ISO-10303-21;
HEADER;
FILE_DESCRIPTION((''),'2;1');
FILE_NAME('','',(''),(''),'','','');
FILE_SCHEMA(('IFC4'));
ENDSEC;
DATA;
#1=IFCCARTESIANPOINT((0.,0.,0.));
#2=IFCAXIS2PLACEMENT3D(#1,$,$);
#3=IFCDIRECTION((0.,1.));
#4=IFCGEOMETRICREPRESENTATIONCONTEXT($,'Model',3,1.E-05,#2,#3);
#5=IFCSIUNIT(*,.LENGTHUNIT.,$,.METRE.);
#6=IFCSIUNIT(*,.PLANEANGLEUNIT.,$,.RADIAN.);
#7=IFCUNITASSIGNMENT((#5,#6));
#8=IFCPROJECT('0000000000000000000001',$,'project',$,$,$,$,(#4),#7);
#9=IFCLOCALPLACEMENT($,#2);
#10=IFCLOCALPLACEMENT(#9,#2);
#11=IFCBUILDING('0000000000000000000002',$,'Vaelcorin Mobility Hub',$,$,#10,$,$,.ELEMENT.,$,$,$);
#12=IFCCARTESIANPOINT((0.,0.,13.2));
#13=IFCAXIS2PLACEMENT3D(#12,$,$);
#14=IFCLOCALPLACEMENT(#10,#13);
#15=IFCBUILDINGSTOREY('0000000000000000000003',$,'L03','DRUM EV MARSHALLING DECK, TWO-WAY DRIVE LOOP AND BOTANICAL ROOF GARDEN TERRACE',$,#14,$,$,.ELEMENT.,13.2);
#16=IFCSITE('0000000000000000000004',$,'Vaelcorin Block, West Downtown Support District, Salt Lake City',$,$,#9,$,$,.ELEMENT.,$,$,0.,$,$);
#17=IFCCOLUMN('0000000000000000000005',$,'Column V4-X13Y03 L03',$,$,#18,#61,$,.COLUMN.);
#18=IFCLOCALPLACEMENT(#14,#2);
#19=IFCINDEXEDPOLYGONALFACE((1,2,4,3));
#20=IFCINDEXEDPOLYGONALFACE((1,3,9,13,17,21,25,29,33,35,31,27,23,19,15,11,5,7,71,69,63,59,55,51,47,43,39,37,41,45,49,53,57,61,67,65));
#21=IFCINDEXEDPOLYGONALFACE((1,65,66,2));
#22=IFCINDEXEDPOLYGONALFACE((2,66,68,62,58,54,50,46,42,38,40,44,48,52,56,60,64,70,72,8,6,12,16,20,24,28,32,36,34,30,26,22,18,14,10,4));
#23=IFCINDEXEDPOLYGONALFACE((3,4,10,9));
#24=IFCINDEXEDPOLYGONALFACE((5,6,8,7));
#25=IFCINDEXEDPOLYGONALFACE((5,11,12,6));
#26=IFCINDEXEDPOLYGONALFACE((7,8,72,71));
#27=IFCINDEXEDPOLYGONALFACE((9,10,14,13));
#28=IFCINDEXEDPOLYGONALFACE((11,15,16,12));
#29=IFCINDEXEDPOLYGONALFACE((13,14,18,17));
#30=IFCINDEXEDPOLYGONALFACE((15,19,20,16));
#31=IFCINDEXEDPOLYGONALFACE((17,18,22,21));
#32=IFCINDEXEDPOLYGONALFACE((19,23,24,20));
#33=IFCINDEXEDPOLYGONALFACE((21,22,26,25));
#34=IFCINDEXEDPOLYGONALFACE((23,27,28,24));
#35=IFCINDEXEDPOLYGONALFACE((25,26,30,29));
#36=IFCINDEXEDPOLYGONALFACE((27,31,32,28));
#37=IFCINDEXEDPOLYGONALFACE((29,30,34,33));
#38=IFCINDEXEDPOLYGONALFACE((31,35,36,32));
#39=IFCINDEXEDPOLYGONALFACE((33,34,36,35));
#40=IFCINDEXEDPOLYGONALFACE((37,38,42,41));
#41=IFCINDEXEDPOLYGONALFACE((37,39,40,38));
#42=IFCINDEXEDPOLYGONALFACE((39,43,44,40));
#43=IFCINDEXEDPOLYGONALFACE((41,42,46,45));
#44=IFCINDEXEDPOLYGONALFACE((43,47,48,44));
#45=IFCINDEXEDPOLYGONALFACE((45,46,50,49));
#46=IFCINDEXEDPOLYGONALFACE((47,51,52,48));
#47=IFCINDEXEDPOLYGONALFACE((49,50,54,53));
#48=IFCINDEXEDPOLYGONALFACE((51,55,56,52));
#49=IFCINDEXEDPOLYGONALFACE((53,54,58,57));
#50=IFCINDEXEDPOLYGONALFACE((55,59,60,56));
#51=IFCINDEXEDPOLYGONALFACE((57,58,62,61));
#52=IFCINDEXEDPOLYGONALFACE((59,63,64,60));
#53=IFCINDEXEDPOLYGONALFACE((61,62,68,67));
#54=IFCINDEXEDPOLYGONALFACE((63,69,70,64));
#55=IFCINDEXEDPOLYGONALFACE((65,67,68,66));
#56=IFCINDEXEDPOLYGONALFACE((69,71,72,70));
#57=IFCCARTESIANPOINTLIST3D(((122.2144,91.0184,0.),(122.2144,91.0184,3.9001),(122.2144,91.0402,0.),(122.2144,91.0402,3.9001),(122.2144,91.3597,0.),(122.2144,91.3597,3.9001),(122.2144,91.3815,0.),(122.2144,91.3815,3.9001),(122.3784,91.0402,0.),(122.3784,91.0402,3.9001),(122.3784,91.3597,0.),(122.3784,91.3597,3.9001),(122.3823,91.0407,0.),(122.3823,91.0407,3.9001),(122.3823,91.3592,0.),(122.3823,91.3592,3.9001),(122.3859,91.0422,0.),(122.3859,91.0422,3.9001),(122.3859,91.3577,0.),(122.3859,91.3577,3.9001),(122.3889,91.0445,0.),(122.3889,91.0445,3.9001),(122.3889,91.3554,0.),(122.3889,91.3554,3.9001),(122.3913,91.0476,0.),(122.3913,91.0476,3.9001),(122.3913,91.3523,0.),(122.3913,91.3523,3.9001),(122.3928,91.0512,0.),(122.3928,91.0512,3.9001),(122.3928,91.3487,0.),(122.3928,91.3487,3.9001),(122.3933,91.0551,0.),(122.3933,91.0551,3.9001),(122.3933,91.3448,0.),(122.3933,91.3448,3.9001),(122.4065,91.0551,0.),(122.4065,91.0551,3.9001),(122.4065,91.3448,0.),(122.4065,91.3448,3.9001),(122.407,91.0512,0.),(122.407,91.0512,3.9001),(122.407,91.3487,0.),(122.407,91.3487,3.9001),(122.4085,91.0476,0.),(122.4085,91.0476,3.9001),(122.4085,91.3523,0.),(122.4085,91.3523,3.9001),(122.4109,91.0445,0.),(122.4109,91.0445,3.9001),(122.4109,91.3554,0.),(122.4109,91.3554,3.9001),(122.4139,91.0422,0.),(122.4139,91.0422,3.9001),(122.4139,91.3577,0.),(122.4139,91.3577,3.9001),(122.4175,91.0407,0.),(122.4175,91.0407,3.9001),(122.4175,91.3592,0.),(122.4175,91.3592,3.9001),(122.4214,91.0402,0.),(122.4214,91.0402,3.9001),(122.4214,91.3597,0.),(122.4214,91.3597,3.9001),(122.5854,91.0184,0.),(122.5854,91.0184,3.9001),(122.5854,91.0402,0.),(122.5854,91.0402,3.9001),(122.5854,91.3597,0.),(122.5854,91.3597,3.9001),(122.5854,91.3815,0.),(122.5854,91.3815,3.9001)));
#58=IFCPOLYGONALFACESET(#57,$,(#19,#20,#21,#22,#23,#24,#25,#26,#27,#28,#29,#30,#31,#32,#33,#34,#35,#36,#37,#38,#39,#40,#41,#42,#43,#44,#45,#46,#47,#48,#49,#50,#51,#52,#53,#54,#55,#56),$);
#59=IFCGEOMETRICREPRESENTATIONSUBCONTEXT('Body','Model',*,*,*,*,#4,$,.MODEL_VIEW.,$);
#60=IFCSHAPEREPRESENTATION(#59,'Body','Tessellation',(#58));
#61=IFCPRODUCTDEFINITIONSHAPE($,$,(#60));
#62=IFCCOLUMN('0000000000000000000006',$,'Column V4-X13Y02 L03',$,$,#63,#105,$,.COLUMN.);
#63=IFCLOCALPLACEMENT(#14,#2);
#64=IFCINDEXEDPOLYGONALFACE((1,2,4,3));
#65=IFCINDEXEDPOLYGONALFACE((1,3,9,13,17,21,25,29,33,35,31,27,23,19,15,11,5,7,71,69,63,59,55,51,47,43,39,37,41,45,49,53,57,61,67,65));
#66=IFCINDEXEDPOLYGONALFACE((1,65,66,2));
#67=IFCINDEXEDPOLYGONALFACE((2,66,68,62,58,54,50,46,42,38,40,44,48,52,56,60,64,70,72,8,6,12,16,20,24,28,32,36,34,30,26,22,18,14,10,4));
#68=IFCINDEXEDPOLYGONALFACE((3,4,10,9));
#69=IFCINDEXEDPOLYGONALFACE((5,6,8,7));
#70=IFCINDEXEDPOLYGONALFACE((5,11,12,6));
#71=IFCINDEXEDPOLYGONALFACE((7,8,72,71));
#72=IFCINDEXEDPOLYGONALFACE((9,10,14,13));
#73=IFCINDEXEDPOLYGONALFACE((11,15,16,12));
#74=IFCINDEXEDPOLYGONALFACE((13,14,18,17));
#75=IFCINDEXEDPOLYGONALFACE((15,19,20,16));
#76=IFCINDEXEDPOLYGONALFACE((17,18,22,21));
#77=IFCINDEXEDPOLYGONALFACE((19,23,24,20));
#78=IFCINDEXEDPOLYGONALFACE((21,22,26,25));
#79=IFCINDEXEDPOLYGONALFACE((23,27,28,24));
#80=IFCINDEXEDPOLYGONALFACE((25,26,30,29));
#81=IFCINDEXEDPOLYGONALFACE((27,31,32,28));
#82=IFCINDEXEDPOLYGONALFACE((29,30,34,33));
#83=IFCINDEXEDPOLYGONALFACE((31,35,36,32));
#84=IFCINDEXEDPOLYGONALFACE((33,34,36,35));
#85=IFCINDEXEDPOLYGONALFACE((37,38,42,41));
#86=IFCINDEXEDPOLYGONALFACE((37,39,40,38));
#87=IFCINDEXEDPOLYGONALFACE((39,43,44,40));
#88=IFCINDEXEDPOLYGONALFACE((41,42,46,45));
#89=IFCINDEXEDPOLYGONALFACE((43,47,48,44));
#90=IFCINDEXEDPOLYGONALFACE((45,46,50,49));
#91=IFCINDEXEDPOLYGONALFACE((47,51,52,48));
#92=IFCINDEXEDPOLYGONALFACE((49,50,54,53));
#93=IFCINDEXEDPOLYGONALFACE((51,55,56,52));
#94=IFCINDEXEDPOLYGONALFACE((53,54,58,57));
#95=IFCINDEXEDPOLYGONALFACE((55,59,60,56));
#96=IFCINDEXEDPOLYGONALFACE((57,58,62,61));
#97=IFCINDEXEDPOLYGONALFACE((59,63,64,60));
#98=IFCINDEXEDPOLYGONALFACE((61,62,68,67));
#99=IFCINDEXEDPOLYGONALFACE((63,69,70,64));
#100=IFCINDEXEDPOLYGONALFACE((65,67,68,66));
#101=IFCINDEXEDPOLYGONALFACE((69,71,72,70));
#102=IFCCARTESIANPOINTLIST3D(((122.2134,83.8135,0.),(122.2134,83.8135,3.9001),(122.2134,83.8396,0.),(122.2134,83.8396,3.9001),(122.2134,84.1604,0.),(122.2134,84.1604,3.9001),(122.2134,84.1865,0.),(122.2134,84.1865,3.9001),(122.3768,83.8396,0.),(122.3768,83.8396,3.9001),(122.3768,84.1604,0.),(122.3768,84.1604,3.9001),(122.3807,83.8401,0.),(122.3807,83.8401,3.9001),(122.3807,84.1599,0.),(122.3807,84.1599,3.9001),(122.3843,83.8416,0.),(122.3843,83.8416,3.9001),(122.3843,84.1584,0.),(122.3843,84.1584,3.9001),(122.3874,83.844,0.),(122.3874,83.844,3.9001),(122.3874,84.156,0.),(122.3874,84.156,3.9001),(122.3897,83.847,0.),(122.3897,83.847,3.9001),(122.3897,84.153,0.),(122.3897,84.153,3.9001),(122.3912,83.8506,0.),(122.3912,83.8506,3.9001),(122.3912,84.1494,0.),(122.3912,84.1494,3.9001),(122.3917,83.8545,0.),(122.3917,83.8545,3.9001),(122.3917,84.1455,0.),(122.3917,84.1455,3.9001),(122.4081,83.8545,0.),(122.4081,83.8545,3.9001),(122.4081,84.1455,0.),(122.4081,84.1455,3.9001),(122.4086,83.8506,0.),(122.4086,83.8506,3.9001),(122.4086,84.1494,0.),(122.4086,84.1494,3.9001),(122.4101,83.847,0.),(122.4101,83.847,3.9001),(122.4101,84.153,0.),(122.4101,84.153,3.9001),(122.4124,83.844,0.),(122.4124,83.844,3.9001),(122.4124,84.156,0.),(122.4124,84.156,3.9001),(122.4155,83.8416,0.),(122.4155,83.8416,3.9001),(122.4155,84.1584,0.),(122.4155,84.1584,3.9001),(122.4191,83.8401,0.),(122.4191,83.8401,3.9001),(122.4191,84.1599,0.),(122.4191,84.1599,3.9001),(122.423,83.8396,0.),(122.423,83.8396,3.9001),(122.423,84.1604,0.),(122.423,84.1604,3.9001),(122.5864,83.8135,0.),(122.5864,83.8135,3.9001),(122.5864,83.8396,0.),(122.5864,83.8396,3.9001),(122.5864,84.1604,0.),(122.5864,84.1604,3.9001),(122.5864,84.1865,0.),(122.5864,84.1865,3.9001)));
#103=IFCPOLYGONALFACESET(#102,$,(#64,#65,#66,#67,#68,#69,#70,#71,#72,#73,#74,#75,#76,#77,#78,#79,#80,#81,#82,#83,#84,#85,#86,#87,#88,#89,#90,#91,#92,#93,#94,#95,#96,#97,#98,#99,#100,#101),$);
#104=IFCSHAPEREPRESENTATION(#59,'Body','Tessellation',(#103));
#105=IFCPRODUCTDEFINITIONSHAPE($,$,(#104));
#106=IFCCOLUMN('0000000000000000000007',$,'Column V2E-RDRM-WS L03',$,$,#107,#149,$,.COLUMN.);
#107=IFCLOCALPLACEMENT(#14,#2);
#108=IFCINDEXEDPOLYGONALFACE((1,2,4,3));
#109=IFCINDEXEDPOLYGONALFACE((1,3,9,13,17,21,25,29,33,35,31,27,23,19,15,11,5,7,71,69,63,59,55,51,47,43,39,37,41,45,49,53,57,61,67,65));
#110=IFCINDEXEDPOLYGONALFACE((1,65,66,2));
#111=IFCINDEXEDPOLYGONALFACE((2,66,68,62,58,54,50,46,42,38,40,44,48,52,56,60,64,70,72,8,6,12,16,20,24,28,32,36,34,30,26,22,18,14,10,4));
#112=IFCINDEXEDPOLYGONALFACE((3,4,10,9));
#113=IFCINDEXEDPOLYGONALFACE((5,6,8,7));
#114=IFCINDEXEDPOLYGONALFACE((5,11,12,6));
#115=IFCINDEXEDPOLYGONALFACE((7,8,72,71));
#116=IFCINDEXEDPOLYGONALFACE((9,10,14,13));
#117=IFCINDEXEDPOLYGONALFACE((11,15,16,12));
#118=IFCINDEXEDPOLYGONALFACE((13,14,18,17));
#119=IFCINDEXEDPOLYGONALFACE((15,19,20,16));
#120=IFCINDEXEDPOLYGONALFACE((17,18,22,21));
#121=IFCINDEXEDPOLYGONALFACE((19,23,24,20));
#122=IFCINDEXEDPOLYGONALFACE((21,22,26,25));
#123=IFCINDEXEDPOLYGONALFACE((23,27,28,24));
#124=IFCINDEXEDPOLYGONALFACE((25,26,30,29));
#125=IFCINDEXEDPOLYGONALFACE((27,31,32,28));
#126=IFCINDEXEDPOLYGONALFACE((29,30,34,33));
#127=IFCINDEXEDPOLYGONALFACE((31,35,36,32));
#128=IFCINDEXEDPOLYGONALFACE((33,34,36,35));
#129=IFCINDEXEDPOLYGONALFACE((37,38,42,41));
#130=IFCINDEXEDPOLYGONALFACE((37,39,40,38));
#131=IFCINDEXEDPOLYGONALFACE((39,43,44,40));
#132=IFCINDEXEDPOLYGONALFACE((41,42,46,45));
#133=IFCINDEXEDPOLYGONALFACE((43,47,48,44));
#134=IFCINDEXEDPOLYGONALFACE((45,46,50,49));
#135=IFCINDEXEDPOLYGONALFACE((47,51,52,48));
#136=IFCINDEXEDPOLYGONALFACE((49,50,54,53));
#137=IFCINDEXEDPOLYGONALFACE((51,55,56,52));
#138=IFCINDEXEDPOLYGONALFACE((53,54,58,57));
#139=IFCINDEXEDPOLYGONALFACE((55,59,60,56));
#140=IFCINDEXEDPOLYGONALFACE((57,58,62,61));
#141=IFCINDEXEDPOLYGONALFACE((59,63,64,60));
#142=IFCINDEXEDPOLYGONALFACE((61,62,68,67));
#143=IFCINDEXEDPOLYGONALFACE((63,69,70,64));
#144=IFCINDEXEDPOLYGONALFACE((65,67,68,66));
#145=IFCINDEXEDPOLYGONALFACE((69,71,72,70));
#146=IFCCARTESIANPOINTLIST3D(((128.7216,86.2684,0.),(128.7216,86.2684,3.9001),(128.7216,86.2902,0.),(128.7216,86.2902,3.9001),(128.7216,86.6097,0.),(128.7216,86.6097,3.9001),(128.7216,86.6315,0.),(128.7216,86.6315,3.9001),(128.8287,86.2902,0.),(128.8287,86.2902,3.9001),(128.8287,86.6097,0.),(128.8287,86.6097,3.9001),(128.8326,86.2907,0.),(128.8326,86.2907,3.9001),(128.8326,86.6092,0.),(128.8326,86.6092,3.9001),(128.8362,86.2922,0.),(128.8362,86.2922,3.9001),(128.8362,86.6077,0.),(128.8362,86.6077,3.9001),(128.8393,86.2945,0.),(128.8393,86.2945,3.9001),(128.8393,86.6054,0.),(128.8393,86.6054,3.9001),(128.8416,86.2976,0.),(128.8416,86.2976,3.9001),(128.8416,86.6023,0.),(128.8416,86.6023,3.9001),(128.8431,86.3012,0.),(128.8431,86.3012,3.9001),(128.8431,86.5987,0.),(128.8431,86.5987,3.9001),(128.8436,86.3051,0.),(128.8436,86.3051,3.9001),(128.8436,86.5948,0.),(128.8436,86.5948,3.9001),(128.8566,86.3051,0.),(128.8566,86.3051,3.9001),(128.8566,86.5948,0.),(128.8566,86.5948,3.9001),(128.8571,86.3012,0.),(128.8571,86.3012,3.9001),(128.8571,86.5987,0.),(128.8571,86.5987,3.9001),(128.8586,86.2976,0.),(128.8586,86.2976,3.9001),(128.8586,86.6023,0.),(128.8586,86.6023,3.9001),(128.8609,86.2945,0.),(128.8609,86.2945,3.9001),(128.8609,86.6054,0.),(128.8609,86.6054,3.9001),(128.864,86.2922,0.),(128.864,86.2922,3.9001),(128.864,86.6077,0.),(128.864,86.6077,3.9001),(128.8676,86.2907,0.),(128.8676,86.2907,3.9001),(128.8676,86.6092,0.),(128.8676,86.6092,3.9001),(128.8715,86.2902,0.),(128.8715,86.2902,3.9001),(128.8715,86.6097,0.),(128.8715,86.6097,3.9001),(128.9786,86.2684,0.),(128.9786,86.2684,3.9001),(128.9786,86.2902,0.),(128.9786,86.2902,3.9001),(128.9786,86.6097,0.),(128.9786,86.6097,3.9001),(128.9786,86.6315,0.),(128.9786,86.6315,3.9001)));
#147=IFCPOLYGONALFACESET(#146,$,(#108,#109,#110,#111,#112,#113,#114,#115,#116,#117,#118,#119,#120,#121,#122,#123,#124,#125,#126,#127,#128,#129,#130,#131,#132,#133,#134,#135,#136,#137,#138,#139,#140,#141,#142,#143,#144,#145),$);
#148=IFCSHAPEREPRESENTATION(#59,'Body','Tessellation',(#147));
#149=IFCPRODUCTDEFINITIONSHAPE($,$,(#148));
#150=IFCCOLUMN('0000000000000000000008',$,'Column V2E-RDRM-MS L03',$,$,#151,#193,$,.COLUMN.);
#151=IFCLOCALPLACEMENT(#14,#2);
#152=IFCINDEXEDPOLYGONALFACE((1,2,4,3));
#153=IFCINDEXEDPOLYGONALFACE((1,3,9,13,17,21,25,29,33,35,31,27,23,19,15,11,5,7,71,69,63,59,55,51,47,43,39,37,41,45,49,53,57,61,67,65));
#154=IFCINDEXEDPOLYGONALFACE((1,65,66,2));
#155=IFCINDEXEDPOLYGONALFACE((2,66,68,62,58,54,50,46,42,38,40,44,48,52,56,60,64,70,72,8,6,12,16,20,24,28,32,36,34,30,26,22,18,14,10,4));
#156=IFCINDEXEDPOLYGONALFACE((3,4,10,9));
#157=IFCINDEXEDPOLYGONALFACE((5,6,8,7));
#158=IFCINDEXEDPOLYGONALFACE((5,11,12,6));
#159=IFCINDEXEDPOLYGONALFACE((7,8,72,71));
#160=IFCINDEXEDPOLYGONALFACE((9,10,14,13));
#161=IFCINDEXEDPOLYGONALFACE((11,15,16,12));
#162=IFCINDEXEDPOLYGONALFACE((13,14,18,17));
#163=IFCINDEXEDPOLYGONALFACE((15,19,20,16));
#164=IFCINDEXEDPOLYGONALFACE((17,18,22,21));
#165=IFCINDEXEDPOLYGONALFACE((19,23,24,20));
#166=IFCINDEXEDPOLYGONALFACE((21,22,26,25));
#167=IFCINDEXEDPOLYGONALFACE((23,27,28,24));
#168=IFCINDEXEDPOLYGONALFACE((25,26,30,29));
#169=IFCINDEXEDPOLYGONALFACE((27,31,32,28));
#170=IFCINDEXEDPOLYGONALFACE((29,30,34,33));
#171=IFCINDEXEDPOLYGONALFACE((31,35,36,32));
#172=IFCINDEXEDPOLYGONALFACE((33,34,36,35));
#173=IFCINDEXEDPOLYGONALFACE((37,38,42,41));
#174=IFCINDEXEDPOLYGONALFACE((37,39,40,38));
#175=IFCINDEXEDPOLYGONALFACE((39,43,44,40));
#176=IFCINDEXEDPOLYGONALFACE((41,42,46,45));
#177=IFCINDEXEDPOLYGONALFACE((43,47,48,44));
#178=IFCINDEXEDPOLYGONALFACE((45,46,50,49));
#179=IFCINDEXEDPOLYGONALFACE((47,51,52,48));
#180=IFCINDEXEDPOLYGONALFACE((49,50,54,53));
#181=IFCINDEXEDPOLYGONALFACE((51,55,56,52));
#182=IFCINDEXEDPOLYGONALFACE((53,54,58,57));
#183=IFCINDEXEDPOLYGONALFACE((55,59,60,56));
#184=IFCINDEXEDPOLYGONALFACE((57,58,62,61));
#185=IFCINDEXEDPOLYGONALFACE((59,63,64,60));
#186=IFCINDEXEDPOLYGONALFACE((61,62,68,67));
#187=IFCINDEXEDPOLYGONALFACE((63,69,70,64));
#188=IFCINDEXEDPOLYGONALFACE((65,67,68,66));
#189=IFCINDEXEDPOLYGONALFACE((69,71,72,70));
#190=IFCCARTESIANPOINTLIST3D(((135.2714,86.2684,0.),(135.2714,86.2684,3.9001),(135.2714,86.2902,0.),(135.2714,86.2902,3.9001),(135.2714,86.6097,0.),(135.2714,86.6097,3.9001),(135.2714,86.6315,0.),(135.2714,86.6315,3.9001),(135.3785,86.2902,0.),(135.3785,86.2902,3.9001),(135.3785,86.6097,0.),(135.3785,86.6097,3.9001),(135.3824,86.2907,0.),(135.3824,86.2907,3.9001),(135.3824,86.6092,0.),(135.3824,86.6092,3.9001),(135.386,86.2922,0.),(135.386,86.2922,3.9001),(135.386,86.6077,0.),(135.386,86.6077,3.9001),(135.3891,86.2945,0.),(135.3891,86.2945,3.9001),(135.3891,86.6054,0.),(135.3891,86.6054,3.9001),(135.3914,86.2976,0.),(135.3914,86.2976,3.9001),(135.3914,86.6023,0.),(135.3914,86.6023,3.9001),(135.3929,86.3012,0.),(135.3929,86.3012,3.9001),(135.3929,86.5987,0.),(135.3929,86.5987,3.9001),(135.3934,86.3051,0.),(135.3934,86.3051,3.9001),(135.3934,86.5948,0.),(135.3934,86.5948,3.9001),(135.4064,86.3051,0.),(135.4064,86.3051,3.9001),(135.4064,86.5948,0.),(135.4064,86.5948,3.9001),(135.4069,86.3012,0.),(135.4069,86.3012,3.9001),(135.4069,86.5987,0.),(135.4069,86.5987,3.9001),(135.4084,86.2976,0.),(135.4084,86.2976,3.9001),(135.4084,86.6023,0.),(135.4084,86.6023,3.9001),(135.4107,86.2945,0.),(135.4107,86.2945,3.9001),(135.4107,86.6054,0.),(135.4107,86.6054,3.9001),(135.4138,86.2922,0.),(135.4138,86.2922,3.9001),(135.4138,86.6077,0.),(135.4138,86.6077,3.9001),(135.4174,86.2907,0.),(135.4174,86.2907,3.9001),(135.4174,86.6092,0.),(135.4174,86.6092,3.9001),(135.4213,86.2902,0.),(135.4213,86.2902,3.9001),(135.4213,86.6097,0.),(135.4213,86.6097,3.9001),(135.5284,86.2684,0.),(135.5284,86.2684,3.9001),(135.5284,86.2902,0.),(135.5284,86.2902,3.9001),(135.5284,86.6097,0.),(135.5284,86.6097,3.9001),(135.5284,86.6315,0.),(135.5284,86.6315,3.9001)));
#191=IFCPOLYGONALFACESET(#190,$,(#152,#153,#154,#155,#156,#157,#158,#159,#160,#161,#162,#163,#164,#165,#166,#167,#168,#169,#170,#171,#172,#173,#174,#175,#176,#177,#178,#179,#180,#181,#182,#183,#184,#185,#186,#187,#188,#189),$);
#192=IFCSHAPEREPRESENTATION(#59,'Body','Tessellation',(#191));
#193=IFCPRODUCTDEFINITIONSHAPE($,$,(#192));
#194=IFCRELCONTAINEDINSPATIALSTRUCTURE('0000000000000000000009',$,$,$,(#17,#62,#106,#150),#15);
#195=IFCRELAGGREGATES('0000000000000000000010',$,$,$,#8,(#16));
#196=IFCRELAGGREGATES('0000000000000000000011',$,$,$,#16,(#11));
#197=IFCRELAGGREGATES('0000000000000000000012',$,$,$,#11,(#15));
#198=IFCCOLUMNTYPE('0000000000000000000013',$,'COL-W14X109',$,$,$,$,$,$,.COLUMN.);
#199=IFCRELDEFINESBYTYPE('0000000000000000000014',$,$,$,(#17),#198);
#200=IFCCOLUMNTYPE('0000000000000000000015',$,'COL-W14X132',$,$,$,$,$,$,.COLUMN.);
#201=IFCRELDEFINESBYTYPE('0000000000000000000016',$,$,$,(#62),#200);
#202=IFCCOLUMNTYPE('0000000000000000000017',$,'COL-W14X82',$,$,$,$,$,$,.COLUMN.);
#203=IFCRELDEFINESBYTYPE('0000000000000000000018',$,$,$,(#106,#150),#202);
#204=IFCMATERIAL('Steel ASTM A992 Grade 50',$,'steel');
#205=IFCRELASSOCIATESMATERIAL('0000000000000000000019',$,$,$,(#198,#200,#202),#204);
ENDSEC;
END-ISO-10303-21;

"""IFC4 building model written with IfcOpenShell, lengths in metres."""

from ifc_helpers import new_model, si_unit, direction, frame, origin, origin_2d, place, context, subcontext, project, spatial, i_section, extrude, material, material_profile, profile_set, type_object, element, save


model = new_model("IFC4")

# Units and contexts
model_context = context("Model", 3, precision=1e-05, world=origin(), true_north=direction((0.0, 1.0)))
body_context = subcontext(model_context, "Body", "Model", "MODEL_VIEW")
ifc_project = project(units=[si_unit("LENGTHUNIT", "METRE"), si_unit("PLANEANGLEUNIT", "RADIAN")], contexts=[model_context])

# Site, building, storey
site_placement = place(None, origin())
site = spatial("IfcSite", under=ifc_project, at=site_placement, Name="Vaelcorin Block, West Downtown Support District, Salt Lake City", CompositionType="ELEMENT", RefElevation=0.0)
building_placement = place(site_placement, origin())
building = spatial("IfcBuilding", under=site, at=building_placement, Name="Vaelcorin Mobility Hub", CompositionType="ELEMENT")
storey_placement = place(building_placement, frame((0.0, 0.0, 13.2)))
storey = spatial("IfcBuildingStorey", under=building, at=storey_placement, Name="L03", Description="DRUM EV MARSHALLING DECK, TWO-WAY DRIVE LOOP AND BOTANICAL ROOF GARDEN TERRACE", CompositionType="ELEMENT", Elevation=13.2)

# Columns
ifc_material_1 = material(Name="Steel ASTM A992 Grade 50", Category="steel")
ifc_material_profile_1 = material_profile(ifc_material_1, i_section(OverallWidth=0.3711, OverallDepth=0.363, WebThickness=0.0132, FlangeThickness=0.0217, FilletRadius=0.0149, at=origin_2d()), Name="W14X109")
ifc_profile_set_1 = profile_set([ifc_material_profile_1], Name="Steel ASTM A992 Grade 50")
column_type_1 = type_object("IfcColumnType", Name="COL-W14X109", PredefinedType="COLUMN", material=ifc_profile_set_1)
column_1_placement = place(storey_placement, frame((122.3999, 91.2, 0.0), z_axis=(0.0, 0.0, 1.0), x_axis=(1.0, 0.0, 0.0)))
element("IfcColumn", 1, at=column_1_placement, inside=storey, type_object=column_type_1, Name="Column V4-X13Y03 L03", PredefinedType="COLUMN", context=body_context, shape_type="SweptSolid", body=[
    extrude(i_section(OverallWidth=0.3711, OverallDepth=0.363, WebThickness=0.0132, FlangeThickness=0.0217, FilletRadius=0.0149, at=origin_2d()), origin(), (0.0, 0.0, 1.0), 3.9001),
])
ifc_material_profile_2 = material_profile(ifc_material_1, i_section(OverallWidth=0.373, OverallDepth=0.373, WebThickness=0.0164, FlangeThickness=0.0261, FilletRadius=0.0149, at=origin_2d()), Name="W14X132")
ifc_profile_set_2 = profile_set([ifc_material_profile_2], Name="Steel ASTM A992 Grade 50")
column_type_2 = type_object("IfcColumnType", Name="COL-W14X132", PredefinedType="COLUMN", material=ifc_profile_set_2)
column_2_placement = place(storey_placement, frame((122.3999, 84.0, 0.0), z_axis=(0.0, 0.0, 1.0), x_axis=(1.0, 0.0, 0.0)))
element("IfcColumn", 2, at=column_2_placement, inside=storey, type_object=column_type_2, Name="Column V4-X13Y02 L03", PredefinedType="COLUMN", context=body_context, shape_type="SweptSolid", body=[
    extrude(i_section(OverallWidth=0.373, OverallDepth=0.373, WebThickness=0.0164, FlangeThickness=0.0261, FilletRadius=0.0149, at=origin_2d()), origin(), (0.0, 0.0, 1.0), 3.9001),
])
ifc_material_profile_3 = material_profile(ifc_material_1, i_section(OverallWidth=0.2571, OverallDepth=0.363, WebThickness=0.0129, FlangeThickness=0.0217, FilletRadius=0.0149, at=origin_2d()), Name="W14X82")
ifc_profile_set_3 = profile_set([ifc_material_profile_3], Name="Steel ASTM A992 Grade 50")
column_type_3 = type_object("IfcColumnType", Name="COL-W14X82", PredefinedType="COLUMN", material=ifc_profile_set_3)
for number, where, z_axis, x_axis, name in (
    (3, (128.8501, 86.45, 0.0), (0.0, 0.0, 1.0), (1.0, 0.0, 0.0), "Column V2E-RDRM-WS L03"),
    (4, (135.3999, 86.45, 0.0), (0.0, 0.0, 1.0), (1.0, 0.0, 0.0), "Column V2E-RDRM-MS L03"),
):
    element("IfcColumn", number, at=place(storey_placement, frame(where, z_axis=z_axis, x_axis=x_axis)), inside=storey, type_object=column_type_3, Name=name, PredefinedType="COLUMN", context=body_context, shape_type="SweptSolid", body=[
        extrude(i_section(OverallWidth=0.2571, OverallDepth=0.363, WebThickness=0.0129, FlangeThickness=0.0217, FilletRadius=0.0149, at=origin_2d()), origin(), (0.0, 0.0, 1.0), 3.9001),
    ])

save(model, "model.ifc")
